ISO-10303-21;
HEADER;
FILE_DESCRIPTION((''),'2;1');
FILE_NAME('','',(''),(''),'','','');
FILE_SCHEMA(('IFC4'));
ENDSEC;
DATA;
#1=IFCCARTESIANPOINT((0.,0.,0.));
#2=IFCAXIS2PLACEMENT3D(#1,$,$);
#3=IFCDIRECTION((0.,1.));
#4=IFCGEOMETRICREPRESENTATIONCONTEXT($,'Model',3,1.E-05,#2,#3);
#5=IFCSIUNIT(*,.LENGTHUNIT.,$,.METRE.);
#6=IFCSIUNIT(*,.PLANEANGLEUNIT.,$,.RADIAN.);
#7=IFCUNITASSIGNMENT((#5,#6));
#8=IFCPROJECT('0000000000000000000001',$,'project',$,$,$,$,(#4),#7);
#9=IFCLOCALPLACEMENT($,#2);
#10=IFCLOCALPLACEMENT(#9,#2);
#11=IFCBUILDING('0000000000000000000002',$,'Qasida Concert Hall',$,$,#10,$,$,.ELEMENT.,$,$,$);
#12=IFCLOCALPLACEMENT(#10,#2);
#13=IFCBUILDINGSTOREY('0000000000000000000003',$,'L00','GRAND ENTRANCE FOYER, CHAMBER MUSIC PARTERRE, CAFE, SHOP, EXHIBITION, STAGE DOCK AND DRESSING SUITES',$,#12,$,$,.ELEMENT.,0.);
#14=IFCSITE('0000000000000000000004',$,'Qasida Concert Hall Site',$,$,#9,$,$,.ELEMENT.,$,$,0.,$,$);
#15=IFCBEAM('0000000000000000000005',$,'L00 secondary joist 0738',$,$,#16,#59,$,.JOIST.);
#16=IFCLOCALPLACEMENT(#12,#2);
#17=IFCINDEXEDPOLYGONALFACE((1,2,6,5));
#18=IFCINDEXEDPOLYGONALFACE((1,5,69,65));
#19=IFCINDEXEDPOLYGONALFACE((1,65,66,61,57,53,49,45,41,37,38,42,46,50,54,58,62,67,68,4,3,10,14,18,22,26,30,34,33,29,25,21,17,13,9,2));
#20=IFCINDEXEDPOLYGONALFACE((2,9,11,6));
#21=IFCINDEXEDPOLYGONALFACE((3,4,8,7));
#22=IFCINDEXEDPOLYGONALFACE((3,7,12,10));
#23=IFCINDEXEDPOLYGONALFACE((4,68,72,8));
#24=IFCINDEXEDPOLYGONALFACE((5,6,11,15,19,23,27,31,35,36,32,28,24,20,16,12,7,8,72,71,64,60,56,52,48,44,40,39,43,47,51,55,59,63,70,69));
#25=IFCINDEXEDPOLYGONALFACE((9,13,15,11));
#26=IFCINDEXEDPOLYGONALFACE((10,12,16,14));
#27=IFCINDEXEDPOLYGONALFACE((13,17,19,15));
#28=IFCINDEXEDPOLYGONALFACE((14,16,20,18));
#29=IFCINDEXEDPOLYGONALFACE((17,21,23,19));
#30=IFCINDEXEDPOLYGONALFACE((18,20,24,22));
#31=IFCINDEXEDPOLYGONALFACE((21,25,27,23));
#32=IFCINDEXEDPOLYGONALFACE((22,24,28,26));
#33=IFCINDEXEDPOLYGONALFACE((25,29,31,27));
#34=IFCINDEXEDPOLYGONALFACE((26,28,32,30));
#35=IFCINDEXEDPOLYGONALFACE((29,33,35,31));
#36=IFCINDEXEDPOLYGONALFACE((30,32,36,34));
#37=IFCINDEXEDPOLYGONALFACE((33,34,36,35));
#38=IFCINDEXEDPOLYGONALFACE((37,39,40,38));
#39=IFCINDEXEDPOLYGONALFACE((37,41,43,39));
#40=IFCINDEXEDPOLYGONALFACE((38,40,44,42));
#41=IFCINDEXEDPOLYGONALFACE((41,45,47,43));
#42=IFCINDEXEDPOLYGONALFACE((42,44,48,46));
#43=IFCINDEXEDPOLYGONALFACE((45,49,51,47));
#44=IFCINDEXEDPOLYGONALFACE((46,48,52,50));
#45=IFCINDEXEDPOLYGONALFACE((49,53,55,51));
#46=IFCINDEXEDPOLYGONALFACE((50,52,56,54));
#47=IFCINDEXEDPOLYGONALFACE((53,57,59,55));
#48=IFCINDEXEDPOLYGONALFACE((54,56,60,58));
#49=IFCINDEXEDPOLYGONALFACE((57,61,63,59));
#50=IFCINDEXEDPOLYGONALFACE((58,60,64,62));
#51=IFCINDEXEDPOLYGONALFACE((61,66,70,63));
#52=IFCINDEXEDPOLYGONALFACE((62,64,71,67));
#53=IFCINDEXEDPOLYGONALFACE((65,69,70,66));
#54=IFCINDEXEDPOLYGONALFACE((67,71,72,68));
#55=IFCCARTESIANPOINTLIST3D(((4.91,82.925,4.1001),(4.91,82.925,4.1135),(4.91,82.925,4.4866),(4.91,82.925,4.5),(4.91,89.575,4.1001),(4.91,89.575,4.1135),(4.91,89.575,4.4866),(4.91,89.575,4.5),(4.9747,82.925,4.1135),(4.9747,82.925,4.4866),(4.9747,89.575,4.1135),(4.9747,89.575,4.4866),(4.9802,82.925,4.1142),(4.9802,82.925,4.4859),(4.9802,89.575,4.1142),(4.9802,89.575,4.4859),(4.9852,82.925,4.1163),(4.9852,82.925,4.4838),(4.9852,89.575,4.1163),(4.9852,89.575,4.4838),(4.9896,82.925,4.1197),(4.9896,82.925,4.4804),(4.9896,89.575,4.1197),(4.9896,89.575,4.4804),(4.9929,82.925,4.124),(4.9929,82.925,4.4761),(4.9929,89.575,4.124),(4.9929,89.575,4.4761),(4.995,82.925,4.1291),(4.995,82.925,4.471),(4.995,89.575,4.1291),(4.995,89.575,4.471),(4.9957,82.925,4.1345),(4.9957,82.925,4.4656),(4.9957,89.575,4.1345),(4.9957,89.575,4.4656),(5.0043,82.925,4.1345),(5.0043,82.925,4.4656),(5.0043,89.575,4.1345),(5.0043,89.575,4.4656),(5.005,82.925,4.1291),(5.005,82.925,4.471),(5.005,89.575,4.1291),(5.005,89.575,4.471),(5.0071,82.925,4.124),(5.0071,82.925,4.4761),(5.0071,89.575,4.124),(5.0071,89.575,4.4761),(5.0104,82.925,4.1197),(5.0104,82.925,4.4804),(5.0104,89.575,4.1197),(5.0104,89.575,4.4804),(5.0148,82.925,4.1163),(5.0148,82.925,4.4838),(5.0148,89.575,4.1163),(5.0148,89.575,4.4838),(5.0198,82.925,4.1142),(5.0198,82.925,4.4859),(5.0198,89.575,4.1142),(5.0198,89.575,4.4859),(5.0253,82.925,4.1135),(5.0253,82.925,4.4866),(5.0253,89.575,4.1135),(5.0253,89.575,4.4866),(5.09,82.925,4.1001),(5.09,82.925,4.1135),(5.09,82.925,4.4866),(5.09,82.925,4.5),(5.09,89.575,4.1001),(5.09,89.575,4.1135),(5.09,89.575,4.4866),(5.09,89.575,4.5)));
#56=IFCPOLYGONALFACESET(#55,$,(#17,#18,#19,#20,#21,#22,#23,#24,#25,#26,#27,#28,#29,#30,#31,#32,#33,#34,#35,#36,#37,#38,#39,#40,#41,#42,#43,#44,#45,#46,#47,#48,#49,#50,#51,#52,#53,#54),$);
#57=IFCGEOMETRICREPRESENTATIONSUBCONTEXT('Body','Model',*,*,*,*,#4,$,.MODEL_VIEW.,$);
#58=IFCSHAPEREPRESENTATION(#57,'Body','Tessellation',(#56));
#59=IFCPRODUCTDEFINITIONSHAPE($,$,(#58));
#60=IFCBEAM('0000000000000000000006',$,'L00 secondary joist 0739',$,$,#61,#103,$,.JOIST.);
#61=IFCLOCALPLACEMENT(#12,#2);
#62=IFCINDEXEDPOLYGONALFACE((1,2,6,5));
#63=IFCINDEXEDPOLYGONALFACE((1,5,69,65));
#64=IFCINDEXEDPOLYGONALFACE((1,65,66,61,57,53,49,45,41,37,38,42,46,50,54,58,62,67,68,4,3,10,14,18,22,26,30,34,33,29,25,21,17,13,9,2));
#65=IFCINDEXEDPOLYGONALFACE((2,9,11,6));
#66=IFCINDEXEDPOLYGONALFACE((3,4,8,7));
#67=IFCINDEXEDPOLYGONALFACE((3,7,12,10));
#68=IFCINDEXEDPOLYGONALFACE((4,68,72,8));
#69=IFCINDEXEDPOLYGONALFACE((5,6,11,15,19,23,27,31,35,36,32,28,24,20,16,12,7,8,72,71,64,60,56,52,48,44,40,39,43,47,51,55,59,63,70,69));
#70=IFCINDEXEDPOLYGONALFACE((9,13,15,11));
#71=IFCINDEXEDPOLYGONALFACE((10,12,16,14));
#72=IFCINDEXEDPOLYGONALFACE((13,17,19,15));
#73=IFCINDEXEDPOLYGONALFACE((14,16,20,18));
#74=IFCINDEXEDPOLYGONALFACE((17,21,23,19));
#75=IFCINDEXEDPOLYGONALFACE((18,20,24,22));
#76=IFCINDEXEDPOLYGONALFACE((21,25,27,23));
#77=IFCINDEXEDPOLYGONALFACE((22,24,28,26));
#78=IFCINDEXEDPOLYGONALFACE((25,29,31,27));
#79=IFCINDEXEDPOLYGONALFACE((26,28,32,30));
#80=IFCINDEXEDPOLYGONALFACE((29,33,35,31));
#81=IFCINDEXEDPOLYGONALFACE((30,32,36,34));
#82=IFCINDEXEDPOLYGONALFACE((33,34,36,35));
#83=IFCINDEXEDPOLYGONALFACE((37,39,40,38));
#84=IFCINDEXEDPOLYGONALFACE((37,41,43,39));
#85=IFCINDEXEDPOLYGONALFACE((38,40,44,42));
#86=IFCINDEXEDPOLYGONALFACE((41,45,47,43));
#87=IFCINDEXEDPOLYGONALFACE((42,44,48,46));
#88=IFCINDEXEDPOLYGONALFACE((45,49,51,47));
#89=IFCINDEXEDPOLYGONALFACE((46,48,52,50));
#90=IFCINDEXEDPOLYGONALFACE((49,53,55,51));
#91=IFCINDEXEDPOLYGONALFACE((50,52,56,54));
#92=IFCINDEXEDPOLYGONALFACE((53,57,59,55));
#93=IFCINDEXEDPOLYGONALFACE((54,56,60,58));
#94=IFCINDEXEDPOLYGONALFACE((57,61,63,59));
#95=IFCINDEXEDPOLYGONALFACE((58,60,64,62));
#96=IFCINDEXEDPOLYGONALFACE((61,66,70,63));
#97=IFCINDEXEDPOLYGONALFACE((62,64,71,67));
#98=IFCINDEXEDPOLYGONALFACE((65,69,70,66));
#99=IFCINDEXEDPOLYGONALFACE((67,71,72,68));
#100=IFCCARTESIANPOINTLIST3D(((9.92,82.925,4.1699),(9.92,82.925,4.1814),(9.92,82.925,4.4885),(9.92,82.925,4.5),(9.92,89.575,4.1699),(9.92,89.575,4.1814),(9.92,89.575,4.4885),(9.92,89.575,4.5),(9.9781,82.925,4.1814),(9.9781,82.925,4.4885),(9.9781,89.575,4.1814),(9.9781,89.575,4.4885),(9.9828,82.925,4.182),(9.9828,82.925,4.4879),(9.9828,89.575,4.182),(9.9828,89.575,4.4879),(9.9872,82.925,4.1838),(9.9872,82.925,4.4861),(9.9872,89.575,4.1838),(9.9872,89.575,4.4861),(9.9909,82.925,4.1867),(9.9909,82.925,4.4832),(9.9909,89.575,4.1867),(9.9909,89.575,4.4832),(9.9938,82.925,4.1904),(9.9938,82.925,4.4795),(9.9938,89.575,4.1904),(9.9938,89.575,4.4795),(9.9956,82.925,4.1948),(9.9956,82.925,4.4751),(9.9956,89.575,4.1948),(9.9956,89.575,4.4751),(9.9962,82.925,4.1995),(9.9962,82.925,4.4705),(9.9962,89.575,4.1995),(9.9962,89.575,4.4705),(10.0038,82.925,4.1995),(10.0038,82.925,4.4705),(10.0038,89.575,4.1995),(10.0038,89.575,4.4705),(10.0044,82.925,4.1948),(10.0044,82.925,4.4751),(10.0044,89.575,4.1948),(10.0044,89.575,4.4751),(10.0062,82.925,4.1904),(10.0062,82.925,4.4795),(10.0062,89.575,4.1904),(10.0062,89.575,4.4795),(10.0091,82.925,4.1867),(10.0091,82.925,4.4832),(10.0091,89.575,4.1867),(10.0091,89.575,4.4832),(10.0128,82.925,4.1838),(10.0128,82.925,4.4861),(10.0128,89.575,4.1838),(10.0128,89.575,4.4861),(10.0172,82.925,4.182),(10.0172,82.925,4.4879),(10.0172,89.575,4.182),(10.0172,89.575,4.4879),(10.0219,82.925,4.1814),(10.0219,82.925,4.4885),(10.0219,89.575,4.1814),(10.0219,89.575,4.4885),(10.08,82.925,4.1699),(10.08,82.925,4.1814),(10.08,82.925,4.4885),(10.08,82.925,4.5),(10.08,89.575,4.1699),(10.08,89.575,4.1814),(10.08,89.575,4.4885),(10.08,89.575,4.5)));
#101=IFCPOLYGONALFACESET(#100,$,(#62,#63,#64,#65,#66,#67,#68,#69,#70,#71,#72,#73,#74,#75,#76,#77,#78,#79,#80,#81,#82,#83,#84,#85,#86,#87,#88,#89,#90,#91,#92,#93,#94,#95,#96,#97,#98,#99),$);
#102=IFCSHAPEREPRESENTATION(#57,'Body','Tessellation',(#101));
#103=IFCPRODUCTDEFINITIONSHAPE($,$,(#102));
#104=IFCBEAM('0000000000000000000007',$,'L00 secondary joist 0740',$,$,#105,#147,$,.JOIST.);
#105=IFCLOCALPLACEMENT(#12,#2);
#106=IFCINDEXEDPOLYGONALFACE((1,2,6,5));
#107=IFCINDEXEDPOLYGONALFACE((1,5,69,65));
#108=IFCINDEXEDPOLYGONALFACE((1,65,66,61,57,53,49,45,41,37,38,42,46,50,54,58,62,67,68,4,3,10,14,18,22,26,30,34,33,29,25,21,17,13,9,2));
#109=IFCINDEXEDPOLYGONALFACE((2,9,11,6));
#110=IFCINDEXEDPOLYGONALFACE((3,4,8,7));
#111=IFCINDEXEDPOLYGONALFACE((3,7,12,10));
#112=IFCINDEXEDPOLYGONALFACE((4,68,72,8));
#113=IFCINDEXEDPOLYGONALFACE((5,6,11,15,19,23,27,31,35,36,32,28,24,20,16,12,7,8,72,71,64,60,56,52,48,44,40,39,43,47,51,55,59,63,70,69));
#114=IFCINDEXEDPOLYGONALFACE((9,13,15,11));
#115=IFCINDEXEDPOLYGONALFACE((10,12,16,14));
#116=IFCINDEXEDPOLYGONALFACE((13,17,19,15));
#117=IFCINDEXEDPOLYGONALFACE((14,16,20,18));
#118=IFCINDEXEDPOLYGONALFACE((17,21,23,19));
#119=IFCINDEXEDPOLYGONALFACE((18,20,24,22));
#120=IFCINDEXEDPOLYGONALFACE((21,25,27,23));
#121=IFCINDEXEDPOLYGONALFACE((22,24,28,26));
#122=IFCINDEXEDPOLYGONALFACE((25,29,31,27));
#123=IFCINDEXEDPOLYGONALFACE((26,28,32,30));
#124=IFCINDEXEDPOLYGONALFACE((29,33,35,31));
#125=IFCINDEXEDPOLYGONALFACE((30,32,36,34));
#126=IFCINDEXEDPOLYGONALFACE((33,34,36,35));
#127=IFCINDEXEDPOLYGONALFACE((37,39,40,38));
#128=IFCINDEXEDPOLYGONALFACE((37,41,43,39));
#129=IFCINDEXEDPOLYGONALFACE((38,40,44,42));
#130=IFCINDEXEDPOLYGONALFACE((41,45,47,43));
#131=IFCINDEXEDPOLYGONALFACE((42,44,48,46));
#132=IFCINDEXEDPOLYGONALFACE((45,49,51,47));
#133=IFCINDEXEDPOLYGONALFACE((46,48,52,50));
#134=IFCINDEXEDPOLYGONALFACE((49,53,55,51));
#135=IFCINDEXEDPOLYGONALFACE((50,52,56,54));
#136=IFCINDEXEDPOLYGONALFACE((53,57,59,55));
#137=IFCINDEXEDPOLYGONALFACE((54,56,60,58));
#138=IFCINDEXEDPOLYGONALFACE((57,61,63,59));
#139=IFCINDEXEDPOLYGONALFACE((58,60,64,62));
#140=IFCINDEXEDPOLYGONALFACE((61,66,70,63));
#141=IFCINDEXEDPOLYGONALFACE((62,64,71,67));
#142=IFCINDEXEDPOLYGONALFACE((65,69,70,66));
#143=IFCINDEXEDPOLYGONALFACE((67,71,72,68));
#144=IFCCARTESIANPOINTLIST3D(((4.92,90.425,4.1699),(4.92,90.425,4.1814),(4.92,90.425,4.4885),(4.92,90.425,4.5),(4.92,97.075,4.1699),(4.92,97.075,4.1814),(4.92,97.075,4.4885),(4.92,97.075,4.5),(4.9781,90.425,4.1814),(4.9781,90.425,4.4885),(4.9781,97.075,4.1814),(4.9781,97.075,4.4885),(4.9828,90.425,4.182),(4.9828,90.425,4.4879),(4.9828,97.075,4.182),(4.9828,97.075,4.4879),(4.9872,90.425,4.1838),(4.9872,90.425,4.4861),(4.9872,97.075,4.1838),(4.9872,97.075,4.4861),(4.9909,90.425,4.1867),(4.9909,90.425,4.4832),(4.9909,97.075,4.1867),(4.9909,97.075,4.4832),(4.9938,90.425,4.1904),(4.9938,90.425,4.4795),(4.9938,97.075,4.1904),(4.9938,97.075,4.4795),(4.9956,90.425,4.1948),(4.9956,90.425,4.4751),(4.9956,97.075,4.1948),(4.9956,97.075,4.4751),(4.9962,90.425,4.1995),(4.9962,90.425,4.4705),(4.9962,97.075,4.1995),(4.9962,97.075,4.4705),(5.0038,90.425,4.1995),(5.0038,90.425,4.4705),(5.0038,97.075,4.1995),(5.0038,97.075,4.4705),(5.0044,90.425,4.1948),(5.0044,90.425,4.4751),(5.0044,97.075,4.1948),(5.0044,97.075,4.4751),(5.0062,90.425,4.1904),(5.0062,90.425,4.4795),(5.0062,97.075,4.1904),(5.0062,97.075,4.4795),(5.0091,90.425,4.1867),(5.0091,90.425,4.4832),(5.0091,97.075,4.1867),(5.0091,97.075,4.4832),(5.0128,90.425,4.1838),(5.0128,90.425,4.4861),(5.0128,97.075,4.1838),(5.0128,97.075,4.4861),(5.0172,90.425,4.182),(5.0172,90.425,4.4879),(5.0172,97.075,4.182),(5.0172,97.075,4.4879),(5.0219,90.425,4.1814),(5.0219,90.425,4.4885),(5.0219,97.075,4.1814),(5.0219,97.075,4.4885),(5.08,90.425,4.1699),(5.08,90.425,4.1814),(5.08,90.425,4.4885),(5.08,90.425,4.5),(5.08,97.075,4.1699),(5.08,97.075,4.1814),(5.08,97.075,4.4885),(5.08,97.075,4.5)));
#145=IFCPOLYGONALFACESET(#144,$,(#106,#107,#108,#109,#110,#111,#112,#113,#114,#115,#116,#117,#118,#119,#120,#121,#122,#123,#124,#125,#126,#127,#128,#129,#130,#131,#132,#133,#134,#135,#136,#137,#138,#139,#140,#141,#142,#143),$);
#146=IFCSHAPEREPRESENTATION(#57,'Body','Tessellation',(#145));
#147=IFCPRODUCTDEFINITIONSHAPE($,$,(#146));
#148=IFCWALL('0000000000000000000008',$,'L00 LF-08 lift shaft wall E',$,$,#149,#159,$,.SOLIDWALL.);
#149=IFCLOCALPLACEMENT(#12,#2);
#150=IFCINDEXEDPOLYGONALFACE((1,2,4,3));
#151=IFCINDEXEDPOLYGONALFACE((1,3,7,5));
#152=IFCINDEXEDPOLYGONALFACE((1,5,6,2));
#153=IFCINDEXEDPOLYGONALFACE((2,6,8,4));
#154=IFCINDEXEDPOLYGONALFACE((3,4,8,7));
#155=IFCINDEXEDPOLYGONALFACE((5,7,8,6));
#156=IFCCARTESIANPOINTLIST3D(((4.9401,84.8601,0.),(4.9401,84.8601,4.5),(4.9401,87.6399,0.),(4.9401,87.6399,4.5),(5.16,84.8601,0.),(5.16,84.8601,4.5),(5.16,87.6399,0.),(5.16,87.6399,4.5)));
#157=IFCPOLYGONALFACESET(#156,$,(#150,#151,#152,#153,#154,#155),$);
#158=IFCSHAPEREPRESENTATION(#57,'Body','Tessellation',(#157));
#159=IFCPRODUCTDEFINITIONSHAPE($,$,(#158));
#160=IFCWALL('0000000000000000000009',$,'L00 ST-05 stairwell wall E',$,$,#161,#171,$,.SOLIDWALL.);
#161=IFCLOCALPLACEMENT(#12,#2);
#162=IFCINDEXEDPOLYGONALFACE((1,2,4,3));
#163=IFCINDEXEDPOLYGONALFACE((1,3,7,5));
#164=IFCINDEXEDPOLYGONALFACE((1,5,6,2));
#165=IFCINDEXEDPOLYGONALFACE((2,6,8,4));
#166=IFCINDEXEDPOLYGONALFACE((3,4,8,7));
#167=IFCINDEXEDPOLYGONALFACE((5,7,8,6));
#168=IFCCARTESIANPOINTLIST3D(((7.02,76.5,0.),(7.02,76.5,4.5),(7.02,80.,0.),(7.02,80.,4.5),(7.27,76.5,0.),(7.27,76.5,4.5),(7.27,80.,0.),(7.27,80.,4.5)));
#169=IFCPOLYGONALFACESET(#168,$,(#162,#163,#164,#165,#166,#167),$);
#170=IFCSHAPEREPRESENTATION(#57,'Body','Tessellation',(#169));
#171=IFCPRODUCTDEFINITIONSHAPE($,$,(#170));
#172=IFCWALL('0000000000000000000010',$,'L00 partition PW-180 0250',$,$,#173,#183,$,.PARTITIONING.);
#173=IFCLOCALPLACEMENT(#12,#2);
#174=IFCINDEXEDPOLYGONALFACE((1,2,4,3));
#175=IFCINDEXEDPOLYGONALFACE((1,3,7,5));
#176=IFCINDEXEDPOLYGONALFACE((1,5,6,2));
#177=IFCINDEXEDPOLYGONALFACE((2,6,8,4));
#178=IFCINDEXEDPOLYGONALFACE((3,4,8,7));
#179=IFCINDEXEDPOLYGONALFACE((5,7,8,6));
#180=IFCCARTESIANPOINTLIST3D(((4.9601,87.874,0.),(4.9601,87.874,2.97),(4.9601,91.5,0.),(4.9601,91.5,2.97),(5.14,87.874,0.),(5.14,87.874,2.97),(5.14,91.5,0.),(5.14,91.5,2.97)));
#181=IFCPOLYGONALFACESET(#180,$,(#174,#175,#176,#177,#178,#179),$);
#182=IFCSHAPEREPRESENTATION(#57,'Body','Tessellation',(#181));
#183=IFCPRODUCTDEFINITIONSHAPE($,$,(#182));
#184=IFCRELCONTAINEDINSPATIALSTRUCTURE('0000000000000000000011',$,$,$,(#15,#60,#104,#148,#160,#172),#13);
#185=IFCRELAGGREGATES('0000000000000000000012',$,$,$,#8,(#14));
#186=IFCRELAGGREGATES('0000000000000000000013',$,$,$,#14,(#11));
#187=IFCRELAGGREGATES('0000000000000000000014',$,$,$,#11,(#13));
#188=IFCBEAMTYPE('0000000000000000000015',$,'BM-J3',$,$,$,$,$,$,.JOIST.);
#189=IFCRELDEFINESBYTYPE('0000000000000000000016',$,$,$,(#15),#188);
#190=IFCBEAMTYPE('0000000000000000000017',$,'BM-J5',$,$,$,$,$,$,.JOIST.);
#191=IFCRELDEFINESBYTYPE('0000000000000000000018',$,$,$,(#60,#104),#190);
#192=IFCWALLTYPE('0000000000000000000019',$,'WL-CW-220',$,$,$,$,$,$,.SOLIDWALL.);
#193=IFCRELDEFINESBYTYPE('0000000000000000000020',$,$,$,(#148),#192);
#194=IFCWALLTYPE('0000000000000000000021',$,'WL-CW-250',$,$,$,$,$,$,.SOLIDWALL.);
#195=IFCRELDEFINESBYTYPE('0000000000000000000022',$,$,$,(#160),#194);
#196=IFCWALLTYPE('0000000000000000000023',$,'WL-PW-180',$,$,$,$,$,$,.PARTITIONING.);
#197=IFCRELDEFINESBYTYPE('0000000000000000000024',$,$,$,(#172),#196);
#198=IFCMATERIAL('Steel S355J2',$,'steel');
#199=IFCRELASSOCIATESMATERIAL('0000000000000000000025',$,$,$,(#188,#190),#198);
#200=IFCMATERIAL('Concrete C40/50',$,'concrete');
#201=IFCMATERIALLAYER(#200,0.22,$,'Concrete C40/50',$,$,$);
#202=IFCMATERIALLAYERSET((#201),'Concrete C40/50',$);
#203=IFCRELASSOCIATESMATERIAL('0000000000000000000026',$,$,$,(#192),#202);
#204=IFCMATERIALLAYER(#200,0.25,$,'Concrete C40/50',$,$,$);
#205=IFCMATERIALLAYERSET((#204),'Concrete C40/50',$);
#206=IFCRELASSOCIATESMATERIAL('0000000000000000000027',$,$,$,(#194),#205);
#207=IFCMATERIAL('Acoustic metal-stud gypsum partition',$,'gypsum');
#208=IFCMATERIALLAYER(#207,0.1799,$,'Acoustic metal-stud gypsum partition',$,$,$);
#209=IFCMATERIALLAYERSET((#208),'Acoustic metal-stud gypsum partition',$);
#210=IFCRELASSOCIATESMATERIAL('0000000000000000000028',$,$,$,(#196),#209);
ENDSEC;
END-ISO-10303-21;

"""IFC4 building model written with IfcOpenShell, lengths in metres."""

from ifc_helpers import new_model, si_unit, direction, frame, frame_2d, origin, origin_2d, place, context, subcontext, project, spatial, rectangle, i_section, extrude, material, layer, layer_set, material_profile, profile_set, type_object, element, save


model = new_model("IFC4")

# Units and contexts
model_context = context("Model", 3, precision=1e-05, world=origin(), true_north=direction((0.0, 1.0)))
body_context = subcontext(model_context, "Body", "Model", "MODEL_VIEW")
ifc_project = project(units=[si_unit("LENGTHUNIT", "METRE"), si_unit("PLANEANGLEUNIT", "RADIAN")], contexts=[model_context])

# Site, building, storey
site_placement = place(None, origin())
site = spatial("IfcSite", under=ifc_project, at=site_placement, Name="Qasida Concert Hall Site", CompositionType="ELEMENT", RefElevation=0.0)
building_placement = place(site_placement, origin())
building = spatial("IfcBuilding", under=site, at=building_placement, Name="Qasida Concert Hall", CompositionType="ELEMENT")
storey_placement = place(building_placement, origin())
storey = spatial("IfcBuildingStorey", under=building, at=storey_placement, Name="L00", Description="GRAND ENTRANCE FOYER, CHAMBER MUSIC PARTERRE, CAFE, SHOP, EXHIBITION, STAGE DOCK AND DRESSING SUITES", CompositionType="ELEMENT", Elevation=0.0)

# Beams
ifc_material_1 = material(Name="Steel S355J2", Category="steel")
ifc_material_2 = material(Name="Concrete C40/50", Category="concrete")
ifc_material_profile_1 = material_profile(ifc_material_1, i_section(OverallWidth=0.1799, OverallDepth=0.3999, WebThickness=0.0085, FlangeThickness=0.0134, FilletRadius=0.021, at=origin_2d()), Name="IPE 400")
ifc_profile_set_1 = profile_set([ifc_material_profile_1], Name="Steel S355J2")
beam_type_1 = type_object("IfcBeamType", Name="BM-J3", PredefinedType="JOIST", material=ifc_profile_set_1)
for number, where, z_axis, x_axis, name in (
    (1, (5.0, 82.925, 4.3), (0.0, 1.0, 0.0), (-1.0, 0.0, 0.0), "L00 secondary joist 0738"),
):
    element("IfcBeam", number, at=place(storey_placement, frame(where, z_axis=z_axis, x_axis=x_axis)), inside=storey, type_object=beam_type_1, Name=name, PredefinedType="JOIST", context=body_context, shape_type="SweptSolid", body=[
        extrude(i_section(OverallWidth=0.1799, OverallDepth=0.3999, WebThickness=0.0085, FlangeThickness=0.0134, FilletRadius=0.021, at=origin_2d()), origin(), (0.0, 0.0, 1.0), 6.6499),
    ])
ifc_material_profile_2 = material_profile(ifc_material_1, i_section(OverallWidth=0.1599, OverallDepth=0.3301, WebThickness=0.0076, FlangeThickness=0.0115, FilletRadius=0.0181, at=origin_2d()), Name="IPE 330")
ifc_profile_set_2 = profile_set([ifc_material_profile_2], Name="Steel S355J2")
beam_type_2 = type_object("IfcBeamType", Name="BM-J5", PredefinedType="JOIST", material=ifc_profile_set_2)
for number, where, z_axis, x_axis, name in (
    (2, (10.0, 82.925, 4.335), (0.0, 1.0, 0.0), (-1.0, 0.0, 0.0), "L00 secondary joist 0739"),
    (3, (5.0, 90.425, 4.335), (0.0, 1.0, 0.0), (-1.0, 0.0, 0.0), "L00 secondary joist 0740"),
):
    element("IfcBeam", number, at=place(storey_placement, frame(where, z_axis=z_axis, x_axis=x_axis)), inside=storey, type_object=beam_type_2, Name=name, PredefinedType="JOIST", context=body_context, shape_type="SweptSolid", body=[
        extrude(i_section(OverallWidth=0.1599, OverallDepth=0.3301, WebThickness=0.0076, FlangeThickness=0.0115, FilletRadius=0.0181, at=origin_2d()), origin(), (0.0, 0.0, 1.0), 6.6499),
    ])

# Wall
ifc_layer_1 = layer(ifc_material_2, 0.22, Name="Concrete C40/50")
ifc_layer_set_1 = layer_set([ifc_layer_1], Name="Concrete C40/50")
wall_type_1 = type_object("IfcWallType", Name="WL-CW-220", PredefinedType="SOLIDWALL", material=ifc_layer_set_1)
wall_1_placement = place(storey_placement, frame((5.05, 84.8601, 0.0), z_axis=(0.0, 0.0, 1.0), x_axis=(0.0, 1.0, 0.0)))
element("IfcWall", 4, at=wall_1_placement, inside=storey, type_object=wall_type_1, Name="L00 LF-08 lift shaft wall E", PredefinedType="SOLIDWALL", context=body_context, shape_type="SweptSolid", body=[
    extrude(rectangle(XDim=2.7798, YDim=0.22, at=frame_2d((1.3899, 0.0))), origin(), (0.0, 0.0, 1.0), 4.5),
])

# Walls
ifc_layer_2 = layer(ifc_material_2, 0.25, Name="Concrete C40/50")
ifc_layer_set_2 = layer_set([ifc_layer_2], Name="Concrete C40/50")
wall_type_2 = type_object("IfcWallType", Name="WL-CW-250", PredefinedType="SOLIDWALL", material=ifc_layer_set_2)
wall_2_placement = place(storey_placement, frame((7.145, 76.5, 0.0), z_axis=(0.0, 0.0, 1.0), x_axis=(0.0, 1.0, 0.0)))
element("IfcWall", 5, at=wall_2_placement, inside=storey, type_object=wall_type_2, Name="L00 ST-05 stairwell wall E", PredefinedType="SOLIDWALL", context=body_context, shape_type="SweptSolid", body=[
    extrude(rectangle(XDim=3.5, YDim=0.25, at=frame_2d((1.75, 0.0))), origin(), (0.0, 0.0, 1.0), 4.5),
])
ifc_material_3 = material(Name="Acoustic metal-stud gypsum partition", Category="gypsum")
ifc_layer_3 = layer(ifc_material_3, 0.1799, Name="Acoustic metal-stud gypsum partition")
ifc_layer_set_3 = layer_set([ifc_layer_3], Name="Acoustic metal-stud gypsum partition")
wall_type_3 = type_object("IfcWallType", Name="WL-PW-180", PredefinedType="PARTITIONING", material=ifc_layer_set_3)
wall_3_placement = place(storey_placement, frame((5.05, 87.874, 0.0), z_axis=(0.0, 0.0, 1.0), x_axis=(0.0, 1.0, 0.0)))
element("IfcWall", 6, at=wall_3_placement, inside=storey, type_object=wall_type_3, Name="L00 partition PW-180 0250", PredefinedType="PARTITIONING", context=body_context, shape_type="SweptSolid", body=[
    extrude(rectangle(XDim=3.626, YDim=0.1799, at=frame_2d((1.813, 0.0))), origin(), (0.0, 0.0, 1.0), 2.97),
])

save(model, "model.ifc")
